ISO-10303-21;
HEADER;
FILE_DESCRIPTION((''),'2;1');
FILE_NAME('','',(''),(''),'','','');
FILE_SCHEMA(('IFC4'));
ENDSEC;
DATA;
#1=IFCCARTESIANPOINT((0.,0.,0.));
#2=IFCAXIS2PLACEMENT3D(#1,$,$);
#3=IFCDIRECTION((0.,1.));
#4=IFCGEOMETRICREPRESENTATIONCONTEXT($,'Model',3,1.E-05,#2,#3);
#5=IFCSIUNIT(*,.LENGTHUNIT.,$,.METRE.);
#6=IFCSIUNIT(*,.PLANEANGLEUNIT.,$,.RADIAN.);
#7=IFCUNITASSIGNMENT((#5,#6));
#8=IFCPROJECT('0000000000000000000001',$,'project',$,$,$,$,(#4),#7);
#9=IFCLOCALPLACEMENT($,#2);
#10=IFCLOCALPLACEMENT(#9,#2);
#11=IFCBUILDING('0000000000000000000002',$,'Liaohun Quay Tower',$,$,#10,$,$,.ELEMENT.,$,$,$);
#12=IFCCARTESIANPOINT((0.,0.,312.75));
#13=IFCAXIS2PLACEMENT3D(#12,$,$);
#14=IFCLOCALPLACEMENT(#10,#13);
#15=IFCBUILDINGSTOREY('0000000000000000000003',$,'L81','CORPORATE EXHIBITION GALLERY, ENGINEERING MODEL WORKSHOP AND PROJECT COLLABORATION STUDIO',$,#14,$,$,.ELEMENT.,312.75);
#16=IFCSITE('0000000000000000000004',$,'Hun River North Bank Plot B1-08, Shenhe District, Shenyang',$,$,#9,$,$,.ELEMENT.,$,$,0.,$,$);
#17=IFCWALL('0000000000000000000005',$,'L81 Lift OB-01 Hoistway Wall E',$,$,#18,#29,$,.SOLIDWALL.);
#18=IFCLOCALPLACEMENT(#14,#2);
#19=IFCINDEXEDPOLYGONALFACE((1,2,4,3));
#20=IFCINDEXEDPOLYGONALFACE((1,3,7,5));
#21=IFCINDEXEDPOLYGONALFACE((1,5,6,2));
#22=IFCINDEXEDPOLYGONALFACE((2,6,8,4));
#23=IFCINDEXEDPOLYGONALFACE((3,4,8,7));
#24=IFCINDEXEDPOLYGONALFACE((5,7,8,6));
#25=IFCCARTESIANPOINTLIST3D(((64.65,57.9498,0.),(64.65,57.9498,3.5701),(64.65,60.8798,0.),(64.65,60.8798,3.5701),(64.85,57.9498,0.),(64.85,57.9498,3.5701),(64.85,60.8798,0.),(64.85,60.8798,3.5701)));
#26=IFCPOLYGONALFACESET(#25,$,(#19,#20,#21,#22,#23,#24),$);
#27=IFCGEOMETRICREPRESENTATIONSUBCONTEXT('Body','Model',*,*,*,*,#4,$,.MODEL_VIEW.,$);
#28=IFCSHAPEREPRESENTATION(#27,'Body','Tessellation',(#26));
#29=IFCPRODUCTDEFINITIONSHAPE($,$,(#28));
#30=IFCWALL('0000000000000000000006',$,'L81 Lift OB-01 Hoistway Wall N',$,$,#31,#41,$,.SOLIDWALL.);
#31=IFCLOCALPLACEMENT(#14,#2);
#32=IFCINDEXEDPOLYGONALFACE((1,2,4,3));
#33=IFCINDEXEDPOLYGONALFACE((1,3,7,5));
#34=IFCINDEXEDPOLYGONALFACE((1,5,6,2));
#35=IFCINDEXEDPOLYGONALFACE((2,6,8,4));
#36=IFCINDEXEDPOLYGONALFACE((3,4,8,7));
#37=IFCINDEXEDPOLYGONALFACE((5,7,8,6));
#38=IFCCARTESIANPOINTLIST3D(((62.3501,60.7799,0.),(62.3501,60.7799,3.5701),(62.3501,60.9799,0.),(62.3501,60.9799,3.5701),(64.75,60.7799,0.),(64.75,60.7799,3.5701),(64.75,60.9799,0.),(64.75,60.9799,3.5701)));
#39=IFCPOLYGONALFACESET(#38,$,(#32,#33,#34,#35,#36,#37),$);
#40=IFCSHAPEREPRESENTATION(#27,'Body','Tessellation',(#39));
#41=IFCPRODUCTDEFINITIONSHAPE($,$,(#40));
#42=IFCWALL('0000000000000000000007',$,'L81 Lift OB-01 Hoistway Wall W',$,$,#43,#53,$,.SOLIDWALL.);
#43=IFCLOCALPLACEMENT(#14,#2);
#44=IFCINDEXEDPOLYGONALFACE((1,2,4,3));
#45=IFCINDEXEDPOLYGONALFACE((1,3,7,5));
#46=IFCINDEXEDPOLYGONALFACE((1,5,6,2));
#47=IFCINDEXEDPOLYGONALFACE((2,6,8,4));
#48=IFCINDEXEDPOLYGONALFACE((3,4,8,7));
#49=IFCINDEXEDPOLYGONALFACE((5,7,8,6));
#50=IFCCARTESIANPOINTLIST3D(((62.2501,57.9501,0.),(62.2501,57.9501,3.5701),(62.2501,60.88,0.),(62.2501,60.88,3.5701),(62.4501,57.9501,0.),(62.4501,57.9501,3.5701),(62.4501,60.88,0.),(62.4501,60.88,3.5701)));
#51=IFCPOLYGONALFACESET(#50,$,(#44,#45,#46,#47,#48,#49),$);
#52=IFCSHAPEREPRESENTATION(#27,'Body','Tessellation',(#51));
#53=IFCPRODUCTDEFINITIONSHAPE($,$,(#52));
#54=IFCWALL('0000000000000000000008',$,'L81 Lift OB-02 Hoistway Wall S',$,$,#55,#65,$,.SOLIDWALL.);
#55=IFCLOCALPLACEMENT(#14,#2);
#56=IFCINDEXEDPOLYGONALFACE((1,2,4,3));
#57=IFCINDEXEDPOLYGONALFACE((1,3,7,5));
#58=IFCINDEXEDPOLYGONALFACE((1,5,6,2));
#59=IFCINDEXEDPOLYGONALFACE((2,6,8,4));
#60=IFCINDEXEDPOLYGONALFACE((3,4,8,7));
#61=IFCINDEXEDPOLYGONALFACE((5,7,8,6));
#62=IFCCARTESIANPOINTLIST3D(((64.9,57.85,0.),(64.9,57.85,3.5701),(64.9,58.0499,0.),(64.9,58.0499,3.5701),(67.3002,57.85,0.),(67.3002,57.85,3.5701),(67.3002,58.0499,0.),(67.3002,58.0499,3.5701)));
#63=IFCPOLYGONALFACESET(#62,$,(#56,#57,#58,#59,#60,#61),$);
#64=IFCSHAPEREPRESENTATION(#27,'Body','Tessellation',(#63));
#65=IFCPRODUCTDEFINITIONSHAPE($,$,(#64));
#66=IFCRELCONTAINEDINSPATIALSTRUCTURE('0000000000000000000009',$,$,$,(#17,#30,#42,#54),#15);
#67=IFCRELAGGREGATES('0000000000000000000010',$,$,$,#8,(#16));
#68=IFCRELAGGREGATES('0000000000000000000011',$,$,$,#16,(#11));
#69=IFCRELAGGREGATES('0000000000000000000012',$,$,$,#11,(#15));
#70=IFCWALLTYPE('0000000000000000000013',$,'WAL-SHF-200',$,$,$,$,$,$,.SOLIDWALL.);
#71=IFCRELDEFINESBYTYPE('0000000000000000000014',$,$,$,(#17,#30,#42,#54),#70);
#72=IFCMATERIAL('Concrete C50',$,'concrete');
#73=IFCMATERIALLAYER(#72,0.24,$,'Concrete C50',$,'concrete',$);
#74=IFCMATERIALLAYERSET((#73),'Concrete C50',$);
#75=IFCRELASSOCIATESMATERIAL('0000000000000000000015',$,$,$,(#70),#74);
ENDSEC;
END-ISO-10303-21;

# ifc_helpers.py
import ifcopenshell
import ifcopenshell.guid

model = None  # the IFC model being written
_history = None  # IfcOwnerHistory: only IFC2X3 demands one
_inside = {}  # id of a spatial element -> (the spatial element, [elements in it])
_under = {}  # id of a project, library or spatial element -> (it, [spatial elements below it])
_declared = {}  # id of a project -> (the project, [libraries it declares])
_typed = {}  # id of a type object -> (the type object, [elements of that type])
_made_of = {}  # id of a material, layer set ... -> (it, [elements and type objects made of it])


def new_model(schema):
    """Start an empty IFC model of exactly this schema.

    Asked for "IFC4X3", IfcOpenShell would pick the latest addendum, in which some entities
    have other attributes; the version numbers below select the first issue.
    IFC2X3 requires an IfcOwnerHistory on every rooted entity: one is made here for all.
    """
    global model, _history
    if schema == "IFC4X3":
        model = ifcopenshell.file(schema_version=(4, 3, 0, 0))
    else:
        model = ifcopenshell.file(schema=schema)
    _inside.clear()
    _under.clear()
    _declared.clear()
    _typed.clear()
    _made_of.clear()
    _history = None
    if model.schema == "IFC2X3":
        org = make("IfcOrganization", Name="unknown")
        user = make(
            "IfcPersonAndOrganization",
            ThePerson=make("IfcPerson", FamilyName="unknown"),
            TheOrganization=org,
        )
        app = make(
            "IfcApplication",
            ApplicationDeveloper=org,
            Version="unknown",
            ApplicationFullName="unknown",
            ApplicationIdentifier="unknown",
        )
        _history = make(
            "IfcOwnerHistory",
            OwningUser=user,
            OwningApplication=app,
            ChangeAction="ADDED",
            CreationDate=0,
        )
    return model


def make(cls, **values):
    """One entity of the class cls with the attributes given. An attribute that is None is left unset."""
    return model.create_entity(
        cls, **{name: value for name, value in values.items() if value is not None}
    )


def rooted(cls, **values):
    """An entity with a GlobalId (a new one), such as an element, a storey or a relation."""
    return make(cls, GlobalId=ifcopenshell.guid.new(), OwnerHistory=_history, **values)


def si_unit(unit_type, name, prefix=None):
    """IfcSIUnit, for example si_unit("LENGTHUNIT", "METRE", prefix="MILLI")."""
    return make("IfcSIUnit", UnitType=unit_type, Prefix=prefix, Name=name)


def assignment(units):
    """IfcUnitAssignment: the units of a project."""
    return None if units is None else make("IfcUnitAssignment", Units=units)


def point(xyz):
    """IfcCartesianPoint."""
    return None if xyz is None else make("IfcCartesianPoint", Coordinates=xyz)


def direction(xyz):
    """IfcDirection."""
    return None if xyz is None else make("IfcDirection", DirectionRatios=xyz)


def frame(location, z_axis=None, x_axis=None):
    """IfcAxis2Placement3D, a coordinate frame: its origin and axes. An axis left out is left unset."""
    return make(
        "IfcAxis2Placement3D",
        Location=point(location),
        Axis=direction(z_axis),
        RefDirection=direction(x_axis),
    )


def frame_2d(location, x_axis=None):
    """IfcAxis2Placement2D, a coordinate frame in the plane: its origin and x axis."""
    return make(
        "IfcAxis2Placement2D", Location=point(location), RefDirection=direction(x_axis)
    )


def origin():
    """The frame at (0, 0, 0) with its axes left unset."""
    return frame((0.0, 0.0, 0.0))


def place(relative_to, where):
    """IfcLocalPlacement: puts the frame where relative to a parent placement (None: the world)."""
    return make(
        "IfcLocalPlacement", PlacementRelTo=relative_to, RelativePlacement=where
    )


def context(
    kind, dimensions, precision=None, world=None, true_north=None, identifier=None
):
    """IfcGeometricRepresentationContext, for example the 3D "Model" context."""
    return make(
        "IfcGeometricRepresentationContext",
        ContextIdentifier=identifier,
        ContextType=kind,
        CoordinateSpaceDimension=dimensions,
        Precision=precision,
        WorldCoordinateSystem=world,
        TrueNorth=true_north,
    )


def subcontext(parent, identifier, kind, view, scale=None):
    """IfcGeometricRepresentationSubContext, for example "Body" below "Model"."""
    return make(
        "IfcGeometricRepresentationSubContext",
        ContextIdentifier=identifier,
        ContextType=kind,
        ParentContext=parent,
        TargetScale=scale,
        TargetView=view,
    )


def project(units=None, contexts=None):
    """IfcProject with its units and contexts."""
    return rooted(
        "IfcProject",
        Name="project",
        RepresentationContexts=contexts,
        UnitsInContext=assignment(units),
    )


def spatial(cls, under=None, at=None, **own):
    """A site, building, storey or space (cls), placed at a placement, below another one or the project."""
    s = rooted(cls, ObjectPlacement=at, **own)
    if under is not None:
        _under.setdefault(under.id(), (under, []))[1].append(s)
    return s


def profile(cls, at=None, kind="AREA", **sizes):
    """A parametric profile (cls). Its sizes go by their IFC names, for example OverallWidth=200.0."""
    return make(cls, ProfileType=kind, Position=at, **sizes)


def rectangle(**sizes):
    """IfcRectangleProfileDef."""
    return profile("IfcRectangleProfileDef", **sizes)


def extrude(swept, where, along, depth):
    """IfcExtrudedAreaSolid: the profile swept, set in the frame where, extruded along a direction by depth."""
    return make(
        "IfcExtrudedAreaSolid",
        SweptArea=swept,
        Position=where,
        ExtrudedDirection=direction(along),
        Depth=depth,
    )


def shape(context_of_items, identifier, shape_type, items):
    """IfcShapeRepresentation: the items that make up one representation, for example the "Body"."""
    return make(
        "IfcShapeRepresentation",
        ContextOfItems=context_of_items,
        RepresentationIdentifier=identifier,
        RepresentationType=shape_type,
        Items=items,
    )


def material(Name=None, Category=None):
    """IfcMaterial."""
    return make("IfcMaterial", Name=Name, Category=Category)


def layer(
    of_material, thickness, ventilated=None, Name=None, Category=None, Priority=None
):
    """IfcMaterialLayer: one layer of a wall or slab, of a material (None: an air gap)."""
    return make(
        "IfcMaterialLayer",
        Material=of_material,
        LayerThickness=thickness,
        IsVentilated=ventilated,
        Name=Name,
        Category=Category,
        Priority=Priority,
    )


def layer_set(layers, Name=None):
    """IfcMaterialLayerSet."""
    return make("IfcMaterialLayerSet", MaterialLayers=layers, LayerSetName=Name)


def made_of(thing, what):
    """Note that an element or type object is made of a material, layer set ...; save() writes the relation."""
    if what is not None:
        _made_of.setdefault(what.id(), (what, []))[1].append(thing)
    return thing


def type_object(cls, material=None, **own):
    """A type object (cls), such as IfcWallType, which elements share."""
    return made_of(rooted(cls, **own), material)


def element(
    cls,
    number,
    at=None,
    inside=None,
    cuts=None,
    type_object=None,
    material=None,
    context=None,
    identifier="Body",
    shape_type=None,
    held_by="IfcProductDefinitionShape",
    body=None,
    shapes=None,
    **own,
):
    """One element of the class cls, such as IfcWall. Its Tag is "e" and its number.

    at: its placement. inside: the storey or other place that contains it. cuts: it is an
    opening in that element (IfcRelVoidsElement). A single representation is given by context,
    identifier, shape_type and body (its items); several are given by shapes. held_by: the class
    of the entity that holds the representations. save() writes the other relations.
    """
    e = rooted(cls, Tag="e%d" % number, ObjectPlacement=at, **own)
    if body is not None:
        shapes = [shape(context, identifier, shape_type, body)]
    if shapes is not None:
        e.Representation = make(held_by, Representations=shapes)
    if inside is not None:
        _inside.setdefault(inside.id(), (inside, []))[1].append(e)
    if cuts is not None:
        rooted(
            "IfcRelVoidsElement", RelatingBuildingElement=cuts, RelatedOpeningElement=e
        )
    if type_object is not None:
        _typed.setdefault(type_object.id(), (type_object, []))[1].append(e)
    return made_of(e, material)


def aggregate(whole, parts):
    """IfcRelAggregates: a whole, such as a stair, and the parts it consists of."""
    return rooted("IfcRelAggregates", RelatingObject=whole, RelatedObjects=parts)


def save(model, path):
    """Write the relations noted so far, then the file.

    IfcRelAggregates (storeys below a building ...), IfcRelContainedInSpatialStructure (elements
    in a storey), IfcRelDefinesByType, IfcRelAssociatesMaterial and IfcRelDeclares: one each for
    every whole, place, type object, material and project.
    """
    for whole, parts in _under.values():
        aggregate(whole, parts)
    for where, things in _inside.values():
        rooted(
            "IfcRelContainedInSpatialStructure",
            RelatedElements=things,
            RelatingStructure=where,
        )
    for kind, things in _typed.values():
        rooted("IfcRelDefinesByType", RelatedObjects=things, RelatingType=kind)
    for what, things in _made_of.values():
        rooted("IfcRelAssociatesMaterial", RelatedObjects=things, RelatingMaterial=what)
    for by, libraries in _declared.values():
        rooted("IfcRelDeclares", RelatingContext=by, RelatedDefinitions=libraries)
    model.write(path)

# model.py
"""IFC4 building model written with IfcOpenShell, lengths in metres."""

from ifc_helpers import new_model, si_unit, direction, frame, frame_2d, origin, place, context, subcontext, project, spatial, rectangle, extrude, material, layer, layer_set, type_object, element, save


model = new_model("IFC4")

# Units and contexts
model_context = context("Model", 3, precision=1e-05, world=origin(), true_north=direction((0.0, 1.0)))
body_context = subcontext(model_context, "Body", "Model", "MODEL_VIEW")
ifc_project = project(units=[si_unit("LENGTHUNIT", "METRE"), si_unit("PLANEANGLEUNIT", "RADIAN")], contexts=[model_context])

# Site, building, storey
site_placement = place(None, origin())
site = spatial("IfcSite", under=ifc_project, at=site_placement, Name="Hun River North Bank Plot B1-08, Shenhe District, Shenyang", CompositionType="ELEMENT", RefElevation=0.0)
building_placement = place(site_placement, origin())
building = spatial("IfcBuilding", under=site, at=building_placement, Name="Liaohun Quay Tower", CompositionType="ELEMENT")
storey_placement = place(building_placement, frame((0.0, 0.0, 312.75)))
storey = spatial("IfcBuildingStorey", under=building, at=storey_placement, Name="L81", Description="CORPORATE EXHIBITION GALLERY, ENGINEERING MODEL WORKSHOP AND PROJECT COLLABORATION STUDIO", CompositionType="ELEMENT", Elevation=312.75)

# Walls
ifc_material_1 = material(Name="Concrete C50", Category="concrete")
ifc_layer_1 = layer(ifc_material_1, 0.24, Name="Concrete C50", Category="concrete")
ifc_layer_set_1 = layer_set([ifc_layer_1], Name="Concrete C50")
wall_type_1 = type_object("IfcWallType", Name="WAL-SHF-200", PredefinedType="SOLIDWALL", material=ifc_layer_set_1)
wall_1_placement = place(storey_placement, frame((64.75, 57.95, 0.0), z_axis=(0.0, 0.0, 1.0), x_axis=(0.0, 1.0, 0.0)))
element("IfcWall", 1, at=wall_1_placement, inside=storey, type_object=wall_type_1, Name="L81 Lift OB-01 Hoistway Wall E", PredefinedType="SOLIDWALL", context=body_context, shape_type="SweptSolid", body=[
    extrude(rectangle(XDim=2.9299, YDim=0.2, at=frame_2d((1.4648, 0.0))), origin(), (0.0, 0.0, 1.0), 3.5701),
])
wall_2_placement = place(storey_placement, frame((64.75, 60.8799, 0.0), z_axis=(0.0, 0.0, 1.0), x_axis=(-1.0, 0.0, 0.0)))
element("IfcWall", 2, at=wall_2_placement, inside=storey, type_object=wall_type_1, Name="L81 Lift OB-01 Hoistway Wall N", PredefinedType="SOLIDWALL", context=body_context, shape_type="SweptSolid", body=[
    extrude(rectangle(XDim=2.3999, YDim=0.2, at=frame_2d((1.2, 0.0))), origin(), (0.0, 0.0, 1.0), 3.5701),
])
wall_3_placement = place(storey_placement, frame((62.3501, 60.8799, 0.0), z_axis=(0.0, 0.0, 1.0), x_axis=(0.0, -1.0, 0.0)))
element("IfcWall", 3, at=wall_3_placement, inside=storey, type_object=wall_type_1, Name="L81 Lift OB-01 Hoistway Wall W", PredefinedType="SOLIDWALL", context=body_context, shape_type="SweptSolid", body=[
    extrude(rectangle(XDim=2.9299, YDim=0.2, at=frame_2d((1.4648, 0.0))), origin(), (0.0, 0.0, 1.0), 3.5701),
])
wall_4_placement = place(storey_placement, frame((64.8999, 57.95, 0.0), z_axis=(0.0, 0.0, 1.0), x_axis=(1.0, 0.0, 0.0)))
element("IfcWall", 4, at=wall_4_placement, inside=storey, type_object=wall_type_1, Name="L81 Lift OB-02 Hoistway Wall S", PredefinedType="SOLIDWALL", context=body_context, shape_type="SweptSolid", body=[
    extrude(rectangle(XDim=2.4001, YDim=0.2, at=frame_2d((1.2002, 0.0))), origin(), (0.0, 0.0, 1.0), 3.5701),
])

save(model, "model.ifc")
